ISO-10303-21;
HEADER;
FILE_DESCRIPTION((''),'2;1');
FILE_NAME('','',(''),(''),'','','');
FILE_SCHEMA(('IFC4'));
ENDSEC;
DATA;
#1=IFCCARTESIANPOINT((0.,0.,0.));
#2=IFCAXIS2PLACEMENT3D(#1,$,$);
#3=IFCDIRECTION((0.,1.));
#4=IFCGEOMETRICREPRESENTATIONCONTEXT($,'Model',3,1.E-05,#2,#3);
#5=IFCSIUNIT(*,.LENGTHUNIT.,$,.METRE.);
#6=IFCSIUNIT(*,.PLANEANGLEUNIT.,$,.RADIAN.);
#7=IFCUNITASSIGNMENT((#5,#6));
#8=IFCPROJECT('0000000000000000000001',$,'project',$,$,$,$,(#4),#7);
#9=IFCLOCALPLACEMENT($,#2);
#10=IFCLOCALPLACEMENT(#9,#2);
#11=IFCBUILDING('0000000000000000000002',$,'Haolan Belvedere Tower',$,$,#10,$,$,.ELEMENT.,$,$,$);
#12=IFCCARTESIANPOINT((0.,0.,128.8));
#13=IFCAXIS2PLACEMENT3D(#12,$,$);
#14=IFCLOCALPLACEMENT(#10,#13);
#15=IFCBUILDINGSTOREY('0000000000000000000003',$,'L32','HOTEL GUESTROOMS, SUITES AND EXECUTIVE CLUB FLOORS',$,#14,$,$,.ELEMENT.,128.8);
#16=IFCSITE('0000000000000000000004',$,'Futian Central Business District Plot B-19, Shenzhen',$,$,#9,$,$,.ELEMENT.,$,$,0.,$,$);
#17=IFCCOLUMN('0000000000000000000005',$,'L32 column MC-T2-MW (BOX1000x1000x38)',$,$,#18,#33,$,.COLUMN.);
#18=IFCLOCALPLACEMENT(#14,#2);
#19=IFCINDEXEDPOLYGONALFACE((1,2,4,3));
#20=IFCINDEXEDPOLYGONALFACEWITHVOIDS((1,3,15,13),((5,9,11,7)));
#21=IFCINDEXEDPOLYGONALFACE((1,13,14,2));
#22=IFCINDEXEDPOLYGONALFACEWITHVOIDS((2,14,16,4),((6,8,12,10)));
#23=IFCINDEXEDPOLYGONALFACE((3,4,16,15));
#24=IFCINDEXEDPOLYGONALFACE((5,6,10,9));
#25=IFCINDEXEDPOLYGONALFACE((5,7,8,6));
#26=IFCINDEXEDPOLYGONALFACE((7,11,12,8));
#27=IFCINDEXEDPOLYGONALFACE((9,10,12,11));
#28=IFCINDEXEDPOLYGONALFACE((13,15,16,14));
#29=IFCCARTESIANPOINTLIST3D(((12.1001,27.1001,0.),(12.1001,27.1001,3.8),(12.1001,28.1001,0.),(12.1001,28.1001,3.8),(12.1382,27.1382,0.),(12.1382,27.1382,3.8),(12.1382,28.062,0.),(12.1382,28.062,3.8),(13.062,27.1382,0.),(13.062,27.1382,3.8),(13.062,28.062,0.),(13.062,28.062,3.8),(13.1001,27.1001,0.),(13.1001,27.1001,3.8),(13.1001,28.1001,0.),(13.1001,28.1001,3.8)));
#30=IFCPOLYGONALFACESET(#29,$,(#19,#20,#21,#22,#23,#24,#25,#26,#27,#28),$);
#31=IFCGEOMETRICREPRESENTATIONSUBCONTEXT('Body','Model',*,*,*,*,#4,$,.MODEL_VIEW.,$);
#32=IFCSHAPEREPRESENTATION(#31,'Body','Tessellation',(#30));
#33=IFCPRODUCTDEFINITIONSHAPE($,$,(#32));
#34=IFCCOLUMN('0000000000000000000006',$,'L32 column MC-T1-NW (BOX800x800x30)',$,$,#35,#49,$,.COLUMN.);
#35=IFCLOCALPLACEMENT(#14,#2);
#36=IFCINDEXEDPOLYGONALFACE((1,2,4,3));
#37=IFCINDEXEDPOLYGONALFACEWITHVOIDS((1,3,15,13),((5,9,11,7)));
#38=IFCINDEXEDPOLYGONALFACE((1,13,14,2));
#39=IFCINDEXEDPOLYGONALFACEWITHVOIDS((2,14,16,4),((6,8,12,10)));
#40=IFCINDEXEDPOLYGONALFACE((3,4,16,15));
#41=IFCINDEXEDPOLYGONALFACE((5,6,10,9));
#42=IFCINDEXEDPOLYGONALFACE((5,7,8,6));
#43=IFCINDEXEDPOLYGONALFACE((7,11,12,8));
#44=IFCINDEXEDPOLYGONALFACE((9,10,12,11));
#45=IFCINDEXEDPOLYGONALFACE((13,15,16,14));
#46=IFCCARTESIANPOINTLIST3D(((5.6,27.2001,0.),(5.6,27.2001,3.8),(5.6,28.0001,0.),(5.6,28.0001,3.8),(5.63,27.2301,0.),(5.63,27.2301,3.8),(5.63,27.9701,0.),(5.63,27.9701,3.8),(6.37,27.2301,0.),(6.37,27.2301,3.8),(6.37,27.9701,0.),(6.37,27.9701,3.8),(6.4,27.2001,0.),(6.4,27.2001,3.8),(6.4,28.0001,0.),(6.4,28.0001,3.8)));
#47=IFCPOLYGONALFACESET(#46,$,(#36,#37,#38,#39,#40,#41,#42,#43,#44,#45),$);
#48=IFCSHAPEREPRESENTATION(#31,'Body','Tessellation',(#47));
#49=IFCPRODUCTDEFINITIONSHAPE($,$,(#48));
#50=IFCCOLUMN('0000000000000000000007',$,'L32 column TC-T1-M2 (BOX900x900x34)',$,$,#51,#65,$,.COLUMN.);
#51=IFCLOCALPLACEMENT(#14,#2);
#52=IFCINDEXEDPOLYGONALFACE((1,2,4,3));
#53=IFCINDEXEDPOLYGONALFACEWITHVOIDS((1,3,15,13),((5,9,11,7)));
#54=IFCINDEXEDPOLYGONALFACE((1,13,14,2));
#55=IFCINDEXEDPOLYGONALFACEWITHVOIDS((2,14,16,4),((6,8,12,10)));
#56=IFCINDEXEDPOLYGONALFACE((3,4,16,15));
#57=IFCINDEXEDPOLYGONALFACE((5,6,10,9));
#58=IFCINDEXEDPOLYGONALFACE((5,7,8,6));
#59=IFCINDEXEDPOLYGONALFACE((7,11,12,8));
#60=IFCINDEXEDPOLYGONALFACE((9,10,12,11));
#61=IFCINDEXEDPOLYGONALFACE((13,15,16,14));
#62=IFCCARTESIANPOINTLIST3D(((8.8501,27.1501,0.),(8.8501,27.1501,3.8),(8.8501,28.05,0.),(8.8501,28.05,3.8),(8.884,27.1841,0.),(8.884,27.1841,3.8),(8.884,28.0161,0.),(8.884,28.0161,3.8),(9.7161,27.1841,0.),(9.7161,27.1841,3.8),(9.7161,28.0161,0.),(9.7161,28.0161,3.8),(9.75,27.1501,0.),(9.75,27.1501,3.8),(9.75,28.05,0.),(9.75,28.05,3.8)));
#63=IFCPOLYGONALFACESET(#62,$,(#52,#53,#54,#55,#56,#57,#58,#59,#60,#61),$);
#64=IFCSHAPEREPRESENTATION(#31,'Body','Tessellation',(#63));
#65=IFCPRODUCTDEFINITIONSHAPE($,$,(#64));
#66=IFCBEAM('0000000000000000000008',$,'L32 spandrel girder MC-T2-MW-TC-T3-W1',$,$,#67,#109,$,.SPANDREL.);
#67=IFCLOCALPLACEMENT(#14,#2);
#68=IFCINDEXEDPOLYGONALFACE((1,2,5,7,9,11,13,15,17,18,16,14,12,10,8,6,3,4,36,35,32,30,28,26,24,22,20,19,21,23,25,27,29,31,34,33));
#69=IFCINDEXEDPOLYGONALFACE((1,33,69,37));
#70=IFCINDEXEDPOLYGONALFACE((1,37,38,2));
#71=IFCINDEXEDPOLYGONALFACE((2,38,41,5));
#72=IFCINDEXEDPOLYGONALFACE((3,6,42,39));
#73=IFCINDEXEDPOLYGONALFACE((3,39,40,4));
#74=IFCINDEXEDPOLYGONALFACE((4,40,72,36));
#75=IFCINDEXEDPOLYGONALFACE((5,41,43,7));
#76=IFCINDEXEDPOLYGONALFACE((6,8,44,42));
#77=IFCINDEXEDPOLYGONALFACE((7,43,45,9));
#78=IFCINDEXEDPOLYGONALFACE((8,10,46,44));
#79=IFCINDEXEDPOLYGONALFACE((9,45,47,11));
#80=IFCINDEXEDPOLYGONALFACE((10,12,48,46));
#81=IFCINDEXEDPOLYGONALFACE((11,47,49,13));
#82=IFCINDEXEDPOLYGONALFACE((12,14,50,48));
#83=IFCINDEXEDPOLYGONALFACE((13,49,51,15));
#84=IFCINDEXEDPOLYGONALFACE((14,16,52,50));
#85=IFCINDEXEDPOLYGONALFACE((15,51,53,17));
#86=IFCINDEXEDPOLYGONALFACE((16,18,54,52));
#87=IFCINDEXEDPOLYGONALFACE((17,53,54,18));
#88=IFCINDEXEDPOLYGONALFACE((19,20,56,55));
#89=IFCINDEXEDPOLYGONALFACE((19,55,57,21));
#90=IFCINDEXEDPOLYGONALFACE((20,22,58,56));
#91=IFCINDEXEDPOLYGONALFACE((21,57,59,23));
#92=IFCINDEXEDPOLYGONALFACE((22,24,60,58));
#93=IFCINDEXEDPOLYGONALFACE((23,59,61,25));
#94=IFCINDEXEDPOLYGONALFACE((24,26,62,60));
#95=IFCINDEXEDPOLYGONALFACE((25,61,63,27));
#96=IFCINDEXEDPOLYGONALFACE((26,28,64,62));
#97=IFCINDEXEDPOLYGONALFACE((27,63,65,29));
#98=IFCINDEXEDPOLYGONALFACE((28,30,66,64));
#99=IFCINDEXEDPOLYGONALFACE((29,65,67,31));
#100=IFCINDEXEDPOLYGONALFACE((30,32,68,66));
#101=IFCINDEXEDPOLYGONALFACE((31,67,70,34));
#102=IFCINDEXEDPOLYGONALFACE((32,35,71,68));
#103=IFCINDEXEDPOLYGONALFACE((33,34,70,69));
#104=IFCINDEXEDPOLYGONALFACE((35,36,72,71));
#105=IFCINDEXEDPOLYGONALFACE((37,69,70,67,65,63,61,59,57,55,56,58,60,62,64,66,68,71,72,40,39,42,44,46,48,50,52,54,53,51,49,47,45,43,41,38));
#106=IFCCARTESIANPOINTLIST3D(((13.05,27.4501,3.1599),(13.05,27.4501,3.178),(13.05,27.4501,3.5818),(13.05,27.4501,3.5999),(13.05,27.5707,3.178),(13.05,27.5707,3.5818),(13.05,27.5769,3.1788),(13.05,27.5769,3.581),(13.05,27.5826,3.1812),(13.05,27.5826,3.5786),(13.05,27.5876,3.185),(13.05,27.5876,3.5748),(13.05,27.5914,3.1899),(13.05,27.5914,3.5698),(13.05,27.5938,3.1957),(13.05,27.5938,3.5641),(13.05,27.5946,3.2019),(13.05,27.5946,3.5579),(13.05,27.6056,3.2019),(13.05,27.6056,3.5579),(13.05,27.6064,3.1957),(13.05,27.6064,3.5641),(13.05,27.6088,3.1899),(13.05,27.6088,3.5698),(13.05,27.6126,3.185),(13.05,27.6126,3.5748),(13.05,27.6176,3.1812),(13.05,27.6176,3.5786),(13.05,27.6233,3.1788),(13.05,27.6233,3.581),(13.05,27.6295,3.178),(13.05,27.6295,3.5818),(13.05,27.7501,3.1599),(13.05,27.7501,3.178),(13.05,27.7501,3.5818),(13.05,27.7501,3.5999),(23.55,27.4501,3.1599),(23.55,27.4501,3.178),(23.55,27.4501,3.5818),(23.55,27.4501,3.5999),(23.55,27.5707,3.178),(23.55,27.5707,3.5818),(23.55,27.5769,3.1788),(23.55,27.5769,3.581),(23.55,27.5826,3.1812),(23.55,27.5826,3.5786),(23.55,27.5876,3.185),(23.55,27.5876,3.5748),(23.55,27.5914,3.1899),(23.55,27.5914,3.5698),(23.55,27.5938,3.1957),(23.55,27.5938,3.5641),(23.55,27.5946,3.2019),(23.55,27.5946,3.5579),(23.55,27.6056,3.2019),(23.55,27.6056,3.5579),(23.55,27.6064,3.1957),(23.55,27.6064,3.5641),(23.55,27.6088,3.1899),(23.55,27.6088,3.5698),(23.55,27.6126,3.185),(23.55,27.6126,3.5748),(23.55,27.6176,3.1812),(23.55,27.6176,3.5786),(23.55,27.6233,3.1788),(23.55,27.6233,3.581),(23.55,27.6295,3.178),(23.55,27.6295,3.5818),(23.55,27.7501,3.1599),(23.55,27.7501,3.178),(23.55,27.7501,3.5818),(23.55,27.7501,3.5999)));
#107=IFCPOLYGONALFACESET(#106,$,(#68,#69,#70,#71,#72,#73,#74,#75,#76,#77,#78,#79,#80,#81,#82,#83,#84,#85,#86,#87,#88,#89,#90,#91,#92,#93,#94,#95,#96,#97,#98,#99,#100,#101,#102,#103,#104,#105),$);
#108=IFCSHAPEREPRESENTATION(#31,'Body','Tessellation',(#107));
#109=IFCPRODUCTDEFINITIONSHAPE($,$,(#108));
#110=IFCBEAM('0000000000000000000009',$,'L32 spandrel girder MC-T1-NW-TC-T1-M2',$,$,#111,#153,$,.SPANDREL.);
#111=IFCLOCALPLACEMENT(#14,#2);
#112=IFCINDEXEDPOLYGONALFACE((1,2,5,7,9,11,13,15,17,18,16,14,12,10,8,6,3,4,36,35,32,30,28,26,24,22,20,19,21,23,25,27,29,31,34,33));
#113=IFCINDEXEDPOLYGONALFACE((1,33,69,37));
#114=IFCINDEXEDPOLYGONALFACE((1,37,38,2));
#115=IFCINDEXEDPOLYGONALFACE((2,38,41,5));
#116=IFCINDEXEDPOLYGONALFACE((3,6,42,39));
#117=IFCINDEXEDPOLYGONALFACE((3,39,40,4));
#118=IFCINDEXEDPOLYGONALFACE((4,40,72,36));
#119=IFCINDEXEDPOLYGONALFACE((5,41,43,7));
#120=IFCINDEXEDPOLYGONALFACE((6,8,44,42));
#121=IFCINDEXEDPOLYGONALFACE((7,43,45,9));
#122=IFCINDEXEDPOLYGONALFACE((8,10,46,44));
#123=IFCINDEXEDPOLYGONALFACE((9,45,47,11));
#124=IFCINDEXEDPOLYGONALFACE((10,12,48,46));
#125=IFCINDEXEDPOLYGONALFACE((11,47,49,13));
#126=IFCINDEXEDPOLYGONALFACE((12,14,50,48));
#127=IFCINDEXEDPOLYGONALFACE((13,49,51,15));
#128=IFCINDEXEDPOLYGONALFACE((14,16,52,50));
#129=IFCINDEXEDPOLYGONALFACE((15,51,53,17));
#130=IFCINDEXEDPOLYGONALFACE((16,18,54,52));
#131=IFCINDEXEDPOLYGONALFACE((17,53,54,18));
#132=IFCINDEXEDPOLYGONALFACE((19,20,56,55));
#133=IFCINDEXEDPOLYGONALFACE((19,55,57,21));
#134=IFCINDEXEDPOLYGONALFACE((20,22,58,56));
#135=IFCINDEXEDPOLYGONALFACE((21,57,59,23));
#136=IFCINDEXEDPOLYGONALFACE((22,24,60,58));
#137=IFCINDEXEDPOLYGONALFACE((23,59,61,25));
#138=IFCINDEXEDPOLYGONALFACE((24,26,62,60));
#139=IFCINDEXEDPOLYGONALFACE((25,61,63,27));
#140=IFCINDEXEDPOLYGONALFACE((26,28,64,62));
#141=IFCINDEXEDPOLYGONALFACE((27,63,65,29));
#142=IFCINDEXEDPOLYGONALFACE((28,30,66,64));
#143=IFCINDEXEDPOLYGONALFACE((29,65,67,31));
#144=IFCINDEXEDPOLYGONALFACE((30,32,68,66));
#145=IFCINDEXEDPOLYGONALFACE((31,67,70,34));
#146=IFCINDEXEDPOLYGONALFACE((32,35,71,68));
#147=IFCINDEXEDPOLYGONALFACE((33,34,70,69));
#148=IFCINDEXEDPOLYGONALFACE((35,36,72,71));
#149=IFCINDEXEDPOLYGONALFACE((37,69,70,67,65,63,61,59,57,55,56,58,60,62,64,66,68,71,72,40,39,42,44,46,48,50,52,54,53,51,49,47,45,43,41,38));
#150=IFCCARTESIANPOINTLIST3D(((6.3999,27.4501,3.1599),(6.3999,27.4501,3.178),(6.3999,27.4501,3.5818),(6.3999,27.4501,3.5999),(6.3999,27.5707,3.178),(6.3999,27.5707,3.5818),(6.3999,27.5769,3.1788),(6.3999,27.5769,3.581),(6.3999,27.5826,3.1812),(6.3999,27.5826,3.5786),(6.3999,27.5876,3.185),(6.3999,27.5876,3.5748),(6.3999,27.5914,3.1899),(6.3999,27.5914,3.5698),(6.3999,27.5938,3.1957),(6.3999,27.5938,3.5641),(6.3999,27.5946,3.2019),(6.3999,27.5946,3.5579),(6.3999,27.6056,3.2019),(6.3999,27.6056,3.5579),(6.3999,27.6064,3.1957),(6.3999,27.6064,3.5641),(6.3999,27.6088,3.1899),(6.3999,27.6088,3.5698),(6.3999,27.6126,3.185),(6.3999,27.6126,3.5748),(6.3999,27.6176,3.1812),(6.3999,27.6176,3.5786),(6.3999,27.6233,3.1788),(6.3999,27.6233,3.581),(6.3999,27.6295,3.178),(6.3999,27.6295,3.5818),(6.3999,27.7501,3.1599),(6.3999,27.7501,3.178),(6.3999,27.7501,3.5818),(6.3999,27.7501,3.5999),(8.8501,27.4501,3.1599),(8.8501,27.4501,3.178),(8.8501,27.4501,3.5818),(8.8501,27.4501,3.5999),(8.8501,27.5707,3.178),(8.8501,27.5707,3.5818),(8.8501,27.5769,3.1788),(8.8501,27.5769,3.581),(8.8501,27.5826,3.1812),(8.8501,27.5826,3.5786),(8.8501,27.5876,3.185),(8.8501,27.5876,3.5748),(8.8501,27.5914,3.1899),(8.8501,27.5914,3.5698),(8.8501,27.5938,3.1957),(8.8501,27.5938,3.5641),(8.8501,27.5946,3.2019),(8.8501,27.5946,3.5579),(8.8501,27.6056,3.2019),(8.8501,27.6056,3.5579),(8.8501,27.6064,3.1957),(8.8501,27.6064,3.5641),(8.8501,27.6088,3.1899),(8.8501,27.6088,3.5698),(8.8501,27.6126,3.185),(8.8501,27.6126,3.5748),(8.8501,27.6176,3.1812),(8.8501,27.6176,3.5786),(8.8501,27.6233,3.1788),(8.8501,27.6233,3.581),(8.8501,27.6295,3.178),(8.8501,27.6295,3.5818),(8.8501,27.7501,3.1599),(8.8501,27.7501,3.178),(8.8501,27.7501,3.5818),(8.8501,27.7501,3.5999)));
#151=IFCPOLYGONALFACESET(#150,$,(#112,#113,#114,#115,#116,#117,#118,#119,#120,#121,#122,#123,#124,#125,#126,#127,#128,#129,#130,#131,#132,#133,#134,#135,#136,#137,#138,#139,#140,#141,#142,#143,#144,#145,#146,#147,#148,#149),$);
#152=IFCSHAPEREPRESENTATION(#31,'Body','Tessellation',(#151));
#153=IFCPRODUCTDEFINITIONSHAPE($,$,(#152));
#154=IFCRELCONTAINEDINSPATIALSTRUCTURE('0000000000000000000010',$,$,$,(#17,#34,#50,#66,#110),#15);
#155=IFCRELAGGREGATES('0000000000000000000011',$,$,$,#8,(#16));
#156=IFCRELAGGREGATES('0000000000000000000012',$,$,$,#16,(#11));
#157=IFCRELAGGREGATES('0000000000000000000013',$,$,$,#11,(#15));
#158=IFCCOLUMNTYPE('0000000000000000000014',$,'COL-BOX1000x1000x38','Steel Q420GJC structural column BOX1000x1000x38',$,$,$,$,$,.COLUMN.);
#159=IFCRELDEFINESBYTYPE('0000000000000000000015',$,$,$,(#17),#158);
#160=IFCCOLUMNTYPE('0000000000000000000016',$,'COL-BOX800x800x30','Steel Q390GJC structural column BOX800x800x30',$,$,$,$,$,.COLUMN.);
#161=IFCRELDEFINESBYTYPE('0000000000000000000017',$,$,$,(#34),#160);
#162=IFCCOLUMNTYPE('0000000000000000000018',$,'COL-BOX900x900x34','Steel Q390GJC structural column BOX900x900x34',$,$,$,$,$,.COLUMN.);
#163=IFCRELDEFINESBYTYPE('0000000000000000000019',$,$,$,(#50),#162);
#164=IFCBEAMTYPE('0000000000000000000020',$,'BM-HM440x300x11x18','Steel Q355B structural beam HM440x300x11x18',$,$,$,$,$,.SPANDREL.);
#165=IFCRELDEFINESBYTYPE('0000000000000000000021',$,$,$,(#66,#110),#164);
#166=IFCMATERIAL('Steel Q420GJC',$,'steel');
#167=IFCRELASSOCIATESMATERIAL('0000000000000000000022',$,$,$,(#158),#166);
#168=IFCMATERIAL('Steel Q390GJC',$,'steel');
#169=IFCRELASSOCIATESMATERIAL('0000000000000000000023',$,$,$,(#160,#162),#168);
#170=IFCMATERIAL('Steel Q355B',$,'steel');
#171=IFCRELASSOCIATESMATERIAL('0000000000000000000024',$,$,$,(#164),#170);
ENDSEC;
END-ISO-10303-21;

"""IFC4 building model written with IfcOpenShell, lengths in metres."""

from ifc_helpers import new_model, si_unit, direction, frame, origin, origin_2d, place, context, subcontext, project, spatial, hollow_rectangle, i_section, extrude, material, material_profile, profile_set, type_object, element, save


model = new_model("IFC4")

# Units and contexts
model_context = context("Model", 3, precision=1e-05, world=origin(), true_north=direction((0.0, 1.0)))
body_context = subcontext(model_context, "Body", "Model", "MODEL_VIEW")
ifc_project = project(units=[si_unit("LENGTHUNIT", "METRE"), si_unit("PLANEANGLEUNIT", "RADIAN")], contexts=[model_context])

# Site, building, storey
site_placement = place(None, origin())
site = spatial("IfcSite", under=ifc_project, at=site_placement, Name="Futian Central Business District Plot B-19, Shenzhen", CompositionType="ELEMENT", RefElevation=0.0)
building_placement = place(site_placement, origin())
building = spatial("IfcBuilding", under=site, at=building_placement, Name="Haolan Belvedere Tower", CompositionType="ELEMENT")
storey_placement = place(building_placement, frame((0.0, 0.0, 128.8)))
storey = spatial("IfcBuildingStorey", under=building, at=storey_placement, Name="L32", Description="HOTEL GUESTROOMS, SUITES AND EXECUTIVE CLUB FLOORS", CompositionType="ELEMENT", Elevation=128.8)

# Columns
ifc_material_1 = material(Name="Steel Q420GJC", Category="steel")
ifc_material_profile_1 = material_profile(ifc_material_1, hollow_rectangle(XDim=1.0, YDim=1.0, WallThickness=0.0381, at=origin_2d()), Name="Steel Q420GJC")
ifc_profile_set_1 = profile_set([ifc_material_profile_1], Name="Steel Q420GJC")
column_type_1 = type_object("IfcColumnType", Name="COL-BOX1000x1000x38", Description="Steel Q420GJC structural column BOX1000x1000x38", PredefinedType="COLUMN", material=ifc_profile_set_1)
column_1_placement = place(storey_placement, frame((12.6001, 27.6001, 0.0), z_axis=(0.0, 0.0, 1.0), x_axis=(1.0, 0.0, 0.0)))
element("IfcColumn", 1, at=column_1_placement, inside=storey, type_object=column_type_1, Name="L32 column MC-T2-MW (BOX1000x1000x38)", PredefinedType="COLUMN", context=body_context, shape_type="SweptSolid", body=[
    extrude(hollow_rectangle(XDim=1.0, YDim=1.0, WallThickness=0.0381, at=origin_2d()), origin(), (0.0, 0.0, 1.0), 3.8),
])
ifc_material_2 = material(Name="Steel Q390GJC", Category="steel")
ifc_material_profile_2 = material_profile(ifc_material_2, hollow_rectangle(XDim=0.8, YDim=0.8, WallThickness=0.03, at=origin_2d()), Name="Steel Q390GJC")
ifc_profile_set_2 = profile_set([ifc_material_profile_2], Name="Steel Q390GJC")
column_type_2 = type_object("IfcColumnType", Name="COL-BOX800x800x30", Description="Steel Q390GJC structural column BOX800x800x30", PredefinedType="COLUMN", material=ifc_profile_set_2)
column_2_placement = place(storey_placement, frame((6.0, 27.6001, 0.0), z_axis=(0.0, 0.0, 1.0), x_axis=(1.0, 0.0, 0.0)))
element("IfcColumn", 2, at=column_2_placement, inside=storey, type_object=column_type_2, Name="L32 column MC-T1-NW (BOX800x800x30)", PredefinedType="COLUMN", context=body_context, shape_type="SweptSolid", body=[
    extrude(hollow_rectangle(XDim=0.8, YDim=0.8, WallThickness=0.03, at=origin_2d()), origin(), (0.0, 0.0, 1.0), 3.8),
])
ifc_material_profile_3 = material_profile(ifc_material_2, hollow_rectangle(XDim=0.8999, YDim=0.8999, WallThickness=0.0339, at=origin_2d()), Name="Steel Q390GJC")
ifc_profile_set_3 = profile_set([ifc_material_profile_3], Name="Steel Q390GJC")
column_type_3 = type_object("IfcColumnType", Name="COL-BOX900x900x34", Description="Steel Q390GJC structural column BOX900x900x34", PredefinedType="COLUMN", material=ifc_profile_set_3)
column_3_placement = place(storey_placement, frame((9.3, 27.6001, 0.0), z_axis=(0.0, 0.0, 1.0), x_axis=(1.0, 0.0, 0.0)))
element("IfcColumn", 3, at=column_3_placement, inside=storey, type_object=column_type_3, Name="L32 column TC-T1-M2 (BOX900x900x34)", PredefinedType="COLUMN", context=body_context, shape_type="SweptSolid", body=[
    extrude(hollow_rectangle(XDim=0.8999, YDim=0.8999, WallThickness=0.0339, at=origin_2d()), origin(), (0.0, 0.0, 1.0), 3.8),
])

# Beams
ifc_material_3 = material(Name="Steel Q355B", Category="steel")
ifc_material_profile_4 = material_profile(ifc_material_3, i_section(OverallWidth=0.3, OverallDepth=0.4399, WebThickness=0.011, FlangeThickness=0.0181, FilletRadius=0.0239, at=origin_2d()), Name="Steel Q355B")
ifc_profile_set_4 = profile_set([ifc_material_profile_4], Name="Steel Q355B")
beam_type = type_object("IfcBeamType", Name="BM-HM440x300x11x18", Description="Steel Q355B structural beam HM440x300x11x18", PredefinedType="SPANDREL", material=ifc_profile_set_4)
beam_1_placement = place(storey_placement, frame((13.05, 27.6001, 3.3799), z_axis=(1.0, 0.0, 0.0), x_axis=(0.0, 1.0, 0.0)))
element("IfcBeam", 4, at=beam_1_placement, inside=storey, type_object=beam_type, Name="L32 spandrel girder MC-T2-MW-TC-T3-W1", PredefinedType="SPANDREL", context=body_context, shape_type="SweptSolid", body=[
    extrude(i_section(OverallWidth=0.3, OverallDepth=0.4399, WebThickness=0.011, FlangeThickness=0.0181, FilletRadius=0.0239, at=origin_2d()), origin(), (0.0, 0.0, 1.0), 10.5),
])
beam_2_placement = place(storey_placement, frame((6.3999, 27.6001, 3.3799), z_axis=(1.0, 0.0, 0.0), x_axis=(0.0, 1.0, 0.0)))
element("IfcBeam", 5, at=beam_2_placement, inside=storey, type_object=beam_type, Name="L32 spandrel girder MC-T1-NW-TC-T1-M2", PredefinedType="SPANDREL", context=body_context, shape_type="SweptSolid", body=[
    extrude(i_section(OverallWidth=0.3, OverallDepth=0.4399, WebThickness=0.011, FlangeThickness=0.0181, FilletRadius=0.0239, at=origin_2d()), origin(), (0.0, 0.0, 1.0), 2.4502),
])

save(model, "model.ifc")
